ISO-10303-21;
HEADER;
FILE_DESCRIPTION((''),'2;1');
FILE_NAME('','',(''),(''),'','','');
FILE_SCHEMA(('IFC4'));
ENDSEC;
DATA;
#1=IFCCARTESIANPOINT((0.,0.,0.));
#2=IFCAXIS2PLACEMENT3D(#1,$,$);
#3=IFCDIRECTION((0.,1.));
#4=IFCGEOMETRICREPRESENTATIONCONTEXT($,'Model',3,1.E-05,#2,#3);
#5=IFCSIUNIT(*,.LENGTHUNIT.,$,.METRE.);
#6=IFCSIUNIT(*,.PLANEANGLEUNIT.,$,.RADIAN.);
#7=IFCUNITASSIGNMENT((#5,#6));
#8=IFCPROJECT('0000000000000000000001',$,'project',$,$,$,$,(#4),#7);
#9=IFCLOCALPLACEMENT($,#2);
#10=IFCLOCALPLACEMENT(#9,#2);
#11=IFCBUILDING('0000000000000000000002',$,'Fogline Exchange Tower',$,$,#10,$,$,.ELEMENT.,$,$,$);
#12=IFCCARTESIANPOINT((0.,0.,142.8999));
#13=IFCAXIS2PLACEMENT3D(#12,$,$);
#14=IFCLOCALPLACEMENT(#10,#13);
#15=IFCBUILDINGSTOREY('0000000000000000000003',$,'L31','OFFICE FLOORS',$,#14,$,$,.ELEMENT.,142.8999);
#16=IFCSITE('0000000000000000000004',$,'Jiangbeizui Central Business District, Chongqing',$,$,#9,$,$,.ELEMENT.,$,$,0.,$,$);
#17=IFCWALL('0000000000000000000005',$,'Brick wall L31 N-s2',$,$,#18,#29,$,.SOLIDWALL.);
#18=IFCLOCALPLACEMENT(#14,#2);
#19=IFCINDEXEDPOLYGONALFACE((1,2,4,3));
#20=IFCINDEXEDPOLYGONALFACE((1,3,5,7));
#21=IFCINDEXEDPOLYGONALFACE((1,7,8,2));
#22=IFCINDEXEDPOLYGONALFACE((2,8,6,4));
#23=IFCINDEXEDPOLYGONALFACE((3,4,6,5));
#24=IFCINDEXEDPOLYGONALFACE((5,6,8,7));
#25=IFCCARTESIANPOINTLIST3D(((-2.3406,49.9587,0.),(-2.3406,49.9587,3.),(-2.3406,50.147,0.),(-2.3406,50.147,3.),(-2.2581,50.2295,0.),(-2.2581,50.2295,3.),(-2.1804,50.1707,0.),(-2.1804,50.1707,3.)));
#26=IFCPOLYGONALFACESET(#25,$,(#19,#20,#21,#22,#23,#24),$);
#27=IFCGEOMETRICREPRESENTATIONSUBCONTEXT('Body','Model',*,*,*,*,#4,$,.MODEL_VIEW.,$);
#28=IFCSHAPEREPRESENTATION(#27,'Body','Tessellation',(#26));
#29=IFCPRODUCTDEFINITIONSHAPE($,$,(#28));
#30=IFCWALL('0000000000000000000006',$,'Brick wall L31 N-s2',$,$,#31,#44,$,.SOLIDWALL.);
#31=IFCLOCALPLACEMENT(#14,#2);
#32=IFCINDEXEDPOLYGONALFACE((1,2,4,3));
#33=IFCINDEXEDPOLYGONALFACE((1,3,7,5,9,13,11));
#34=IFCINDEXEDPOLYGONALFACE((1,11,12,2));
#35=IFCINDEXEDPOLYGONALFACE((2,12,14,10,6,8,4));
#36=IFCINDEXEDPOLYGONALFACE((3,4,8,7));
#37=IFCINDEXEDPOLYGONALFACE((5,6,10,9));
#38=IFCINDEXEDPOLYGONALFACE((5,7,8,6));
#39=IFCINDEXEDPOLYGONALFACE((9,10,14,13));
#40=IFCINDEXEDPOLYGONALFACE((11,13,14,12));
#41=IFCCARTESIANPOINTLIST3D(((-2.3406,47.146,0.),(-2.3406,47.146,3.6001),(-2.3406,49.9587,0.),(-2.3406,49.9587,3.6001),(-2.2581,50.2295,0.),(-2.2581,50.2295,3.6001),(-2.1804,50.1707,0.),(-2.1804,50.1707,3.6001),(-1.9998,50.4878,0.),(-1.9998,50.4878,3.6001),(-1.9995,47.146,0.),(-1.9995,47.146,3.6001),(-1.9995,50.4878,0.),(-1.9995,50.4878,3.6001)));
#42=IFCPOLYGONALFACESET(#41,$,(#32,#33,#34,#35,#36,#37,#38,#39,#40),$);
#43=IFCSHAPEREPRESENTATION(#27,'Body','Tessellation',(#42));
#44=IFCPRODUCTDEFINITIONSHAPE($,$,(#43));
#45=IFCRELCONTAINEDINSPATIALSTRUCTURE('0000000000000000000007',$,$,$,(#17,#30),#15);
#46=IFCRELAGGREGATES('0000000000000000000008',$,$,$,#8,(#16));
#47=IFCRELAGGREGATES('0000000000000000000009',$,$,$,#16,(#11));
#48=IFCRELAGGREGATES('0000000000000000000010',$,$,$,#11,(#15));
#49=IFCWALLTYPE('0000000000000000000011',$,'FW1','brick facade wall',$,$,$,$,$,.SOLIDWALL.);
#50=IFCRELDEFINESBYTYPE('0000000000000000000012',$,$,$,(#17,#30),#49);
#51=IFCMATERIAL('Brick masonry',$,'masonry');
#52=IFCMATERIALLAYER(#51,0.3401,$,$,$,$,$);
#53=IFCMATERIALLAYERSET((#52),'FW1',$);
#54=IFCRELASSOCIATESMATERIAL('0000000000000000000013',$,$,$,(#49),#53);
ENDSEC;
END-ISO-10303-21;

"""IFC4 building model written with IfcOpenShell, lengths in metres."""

from ifc_helpers import new_model, si_unit, direction, frame, origin, place, context, subcontext, project, spatial, polyline, outline, extrude, material, layer, layer_set, type_object, element, save


model = new_model("IFC4")

# Units and contexts
model_context = context("Model", 3, precision=1e-05, world=origin(), true_north=direction((0.0, 1.0)))
body_context = subcontext(model_context, "Body", "Model", "MODEL_VIEW")
ifc_project = project(units=[si_unit("LENGTHUNIT", "METRE"), si_unit("PLANEANGLEUNIT", "RADIAN")], contexts=[model_context])

# Site, building, storey
site_placement = place(None, origin())
site = spatial("IfcSite", under=ifc_project, at=site_placement, Name="Jiangbeizui Central Business District, Chongqing", CompositionType="ELEMENT", RefElevation=0.0)
building_placement = place(site_placement, origin())
building = spatial("IfcBuilding", under=site, at=building_placement, Name="Fogline Exchange Tower", CompositionType="ELEMENT")
storey_placement = place(building_placement, frame((0.0, 0.0, 142.8999)))
storey = spatial("IfcBuildingStorey", under=building, at=storey_placement, Name="L31", Description="OFFICE FLOORS", CompositionType="ELEMENT", Elevation=142.8999)

# Walls
ifc_material = material(Name="Brick masonry", Category="masonry")
ifc_layer = layer(ifc_material, 0.3401)
ifc_layer_set = layer_set([ifc_layer], Name="FW1")
wall_type = type_object("IfcWallType", Name="FW1", Description="brick facade wall", PredefinedType="SOLIDWALL", material=ifc_layer_set)
wall_1_placement = place(storey_placement, origin())
element("IfcWall", 1, at=wall_1_placement, inside=storey, type_object=wall_type, Name="Brick wall L31 N-s2", PredefinedType="SOLIDWALL", context=body_context, shape_type="SweptSolid", body=[
    extrude(outline(polyline([(-2.3406, 50.147), (-2.2581, 50.2295), (-2.1804, 50.1707), (-2.3406, 49.9587), (-2.3406, 50.147)])), origin(), (0.0, 0.0, 1.0), 3.0),
])
wall_2_placement = place(storey_placement, origin())
element("IfcWall", 2, at=wall_2_placement, inside=storey, type_object=wall_type, Name="Brick wall L31 N-s2", PredefinedType="SOLIDWALL", context=body_context, shape_type="SweptSolid", body=[
    extrude(outline(polyline([(-1.9995, 47.146), (-2.3406, 47.146), (-2.3406, 49.9587), (-2.1804, 50.1707), (-2.2581, 50.2295), (-1.9998, 50.4878), (-1.9995, 50.4878), (-1.9995, 47.146)])), origin(), (0.0, 0.0, 1.0), 3.6001),
])

save(model, "model.ifc")
